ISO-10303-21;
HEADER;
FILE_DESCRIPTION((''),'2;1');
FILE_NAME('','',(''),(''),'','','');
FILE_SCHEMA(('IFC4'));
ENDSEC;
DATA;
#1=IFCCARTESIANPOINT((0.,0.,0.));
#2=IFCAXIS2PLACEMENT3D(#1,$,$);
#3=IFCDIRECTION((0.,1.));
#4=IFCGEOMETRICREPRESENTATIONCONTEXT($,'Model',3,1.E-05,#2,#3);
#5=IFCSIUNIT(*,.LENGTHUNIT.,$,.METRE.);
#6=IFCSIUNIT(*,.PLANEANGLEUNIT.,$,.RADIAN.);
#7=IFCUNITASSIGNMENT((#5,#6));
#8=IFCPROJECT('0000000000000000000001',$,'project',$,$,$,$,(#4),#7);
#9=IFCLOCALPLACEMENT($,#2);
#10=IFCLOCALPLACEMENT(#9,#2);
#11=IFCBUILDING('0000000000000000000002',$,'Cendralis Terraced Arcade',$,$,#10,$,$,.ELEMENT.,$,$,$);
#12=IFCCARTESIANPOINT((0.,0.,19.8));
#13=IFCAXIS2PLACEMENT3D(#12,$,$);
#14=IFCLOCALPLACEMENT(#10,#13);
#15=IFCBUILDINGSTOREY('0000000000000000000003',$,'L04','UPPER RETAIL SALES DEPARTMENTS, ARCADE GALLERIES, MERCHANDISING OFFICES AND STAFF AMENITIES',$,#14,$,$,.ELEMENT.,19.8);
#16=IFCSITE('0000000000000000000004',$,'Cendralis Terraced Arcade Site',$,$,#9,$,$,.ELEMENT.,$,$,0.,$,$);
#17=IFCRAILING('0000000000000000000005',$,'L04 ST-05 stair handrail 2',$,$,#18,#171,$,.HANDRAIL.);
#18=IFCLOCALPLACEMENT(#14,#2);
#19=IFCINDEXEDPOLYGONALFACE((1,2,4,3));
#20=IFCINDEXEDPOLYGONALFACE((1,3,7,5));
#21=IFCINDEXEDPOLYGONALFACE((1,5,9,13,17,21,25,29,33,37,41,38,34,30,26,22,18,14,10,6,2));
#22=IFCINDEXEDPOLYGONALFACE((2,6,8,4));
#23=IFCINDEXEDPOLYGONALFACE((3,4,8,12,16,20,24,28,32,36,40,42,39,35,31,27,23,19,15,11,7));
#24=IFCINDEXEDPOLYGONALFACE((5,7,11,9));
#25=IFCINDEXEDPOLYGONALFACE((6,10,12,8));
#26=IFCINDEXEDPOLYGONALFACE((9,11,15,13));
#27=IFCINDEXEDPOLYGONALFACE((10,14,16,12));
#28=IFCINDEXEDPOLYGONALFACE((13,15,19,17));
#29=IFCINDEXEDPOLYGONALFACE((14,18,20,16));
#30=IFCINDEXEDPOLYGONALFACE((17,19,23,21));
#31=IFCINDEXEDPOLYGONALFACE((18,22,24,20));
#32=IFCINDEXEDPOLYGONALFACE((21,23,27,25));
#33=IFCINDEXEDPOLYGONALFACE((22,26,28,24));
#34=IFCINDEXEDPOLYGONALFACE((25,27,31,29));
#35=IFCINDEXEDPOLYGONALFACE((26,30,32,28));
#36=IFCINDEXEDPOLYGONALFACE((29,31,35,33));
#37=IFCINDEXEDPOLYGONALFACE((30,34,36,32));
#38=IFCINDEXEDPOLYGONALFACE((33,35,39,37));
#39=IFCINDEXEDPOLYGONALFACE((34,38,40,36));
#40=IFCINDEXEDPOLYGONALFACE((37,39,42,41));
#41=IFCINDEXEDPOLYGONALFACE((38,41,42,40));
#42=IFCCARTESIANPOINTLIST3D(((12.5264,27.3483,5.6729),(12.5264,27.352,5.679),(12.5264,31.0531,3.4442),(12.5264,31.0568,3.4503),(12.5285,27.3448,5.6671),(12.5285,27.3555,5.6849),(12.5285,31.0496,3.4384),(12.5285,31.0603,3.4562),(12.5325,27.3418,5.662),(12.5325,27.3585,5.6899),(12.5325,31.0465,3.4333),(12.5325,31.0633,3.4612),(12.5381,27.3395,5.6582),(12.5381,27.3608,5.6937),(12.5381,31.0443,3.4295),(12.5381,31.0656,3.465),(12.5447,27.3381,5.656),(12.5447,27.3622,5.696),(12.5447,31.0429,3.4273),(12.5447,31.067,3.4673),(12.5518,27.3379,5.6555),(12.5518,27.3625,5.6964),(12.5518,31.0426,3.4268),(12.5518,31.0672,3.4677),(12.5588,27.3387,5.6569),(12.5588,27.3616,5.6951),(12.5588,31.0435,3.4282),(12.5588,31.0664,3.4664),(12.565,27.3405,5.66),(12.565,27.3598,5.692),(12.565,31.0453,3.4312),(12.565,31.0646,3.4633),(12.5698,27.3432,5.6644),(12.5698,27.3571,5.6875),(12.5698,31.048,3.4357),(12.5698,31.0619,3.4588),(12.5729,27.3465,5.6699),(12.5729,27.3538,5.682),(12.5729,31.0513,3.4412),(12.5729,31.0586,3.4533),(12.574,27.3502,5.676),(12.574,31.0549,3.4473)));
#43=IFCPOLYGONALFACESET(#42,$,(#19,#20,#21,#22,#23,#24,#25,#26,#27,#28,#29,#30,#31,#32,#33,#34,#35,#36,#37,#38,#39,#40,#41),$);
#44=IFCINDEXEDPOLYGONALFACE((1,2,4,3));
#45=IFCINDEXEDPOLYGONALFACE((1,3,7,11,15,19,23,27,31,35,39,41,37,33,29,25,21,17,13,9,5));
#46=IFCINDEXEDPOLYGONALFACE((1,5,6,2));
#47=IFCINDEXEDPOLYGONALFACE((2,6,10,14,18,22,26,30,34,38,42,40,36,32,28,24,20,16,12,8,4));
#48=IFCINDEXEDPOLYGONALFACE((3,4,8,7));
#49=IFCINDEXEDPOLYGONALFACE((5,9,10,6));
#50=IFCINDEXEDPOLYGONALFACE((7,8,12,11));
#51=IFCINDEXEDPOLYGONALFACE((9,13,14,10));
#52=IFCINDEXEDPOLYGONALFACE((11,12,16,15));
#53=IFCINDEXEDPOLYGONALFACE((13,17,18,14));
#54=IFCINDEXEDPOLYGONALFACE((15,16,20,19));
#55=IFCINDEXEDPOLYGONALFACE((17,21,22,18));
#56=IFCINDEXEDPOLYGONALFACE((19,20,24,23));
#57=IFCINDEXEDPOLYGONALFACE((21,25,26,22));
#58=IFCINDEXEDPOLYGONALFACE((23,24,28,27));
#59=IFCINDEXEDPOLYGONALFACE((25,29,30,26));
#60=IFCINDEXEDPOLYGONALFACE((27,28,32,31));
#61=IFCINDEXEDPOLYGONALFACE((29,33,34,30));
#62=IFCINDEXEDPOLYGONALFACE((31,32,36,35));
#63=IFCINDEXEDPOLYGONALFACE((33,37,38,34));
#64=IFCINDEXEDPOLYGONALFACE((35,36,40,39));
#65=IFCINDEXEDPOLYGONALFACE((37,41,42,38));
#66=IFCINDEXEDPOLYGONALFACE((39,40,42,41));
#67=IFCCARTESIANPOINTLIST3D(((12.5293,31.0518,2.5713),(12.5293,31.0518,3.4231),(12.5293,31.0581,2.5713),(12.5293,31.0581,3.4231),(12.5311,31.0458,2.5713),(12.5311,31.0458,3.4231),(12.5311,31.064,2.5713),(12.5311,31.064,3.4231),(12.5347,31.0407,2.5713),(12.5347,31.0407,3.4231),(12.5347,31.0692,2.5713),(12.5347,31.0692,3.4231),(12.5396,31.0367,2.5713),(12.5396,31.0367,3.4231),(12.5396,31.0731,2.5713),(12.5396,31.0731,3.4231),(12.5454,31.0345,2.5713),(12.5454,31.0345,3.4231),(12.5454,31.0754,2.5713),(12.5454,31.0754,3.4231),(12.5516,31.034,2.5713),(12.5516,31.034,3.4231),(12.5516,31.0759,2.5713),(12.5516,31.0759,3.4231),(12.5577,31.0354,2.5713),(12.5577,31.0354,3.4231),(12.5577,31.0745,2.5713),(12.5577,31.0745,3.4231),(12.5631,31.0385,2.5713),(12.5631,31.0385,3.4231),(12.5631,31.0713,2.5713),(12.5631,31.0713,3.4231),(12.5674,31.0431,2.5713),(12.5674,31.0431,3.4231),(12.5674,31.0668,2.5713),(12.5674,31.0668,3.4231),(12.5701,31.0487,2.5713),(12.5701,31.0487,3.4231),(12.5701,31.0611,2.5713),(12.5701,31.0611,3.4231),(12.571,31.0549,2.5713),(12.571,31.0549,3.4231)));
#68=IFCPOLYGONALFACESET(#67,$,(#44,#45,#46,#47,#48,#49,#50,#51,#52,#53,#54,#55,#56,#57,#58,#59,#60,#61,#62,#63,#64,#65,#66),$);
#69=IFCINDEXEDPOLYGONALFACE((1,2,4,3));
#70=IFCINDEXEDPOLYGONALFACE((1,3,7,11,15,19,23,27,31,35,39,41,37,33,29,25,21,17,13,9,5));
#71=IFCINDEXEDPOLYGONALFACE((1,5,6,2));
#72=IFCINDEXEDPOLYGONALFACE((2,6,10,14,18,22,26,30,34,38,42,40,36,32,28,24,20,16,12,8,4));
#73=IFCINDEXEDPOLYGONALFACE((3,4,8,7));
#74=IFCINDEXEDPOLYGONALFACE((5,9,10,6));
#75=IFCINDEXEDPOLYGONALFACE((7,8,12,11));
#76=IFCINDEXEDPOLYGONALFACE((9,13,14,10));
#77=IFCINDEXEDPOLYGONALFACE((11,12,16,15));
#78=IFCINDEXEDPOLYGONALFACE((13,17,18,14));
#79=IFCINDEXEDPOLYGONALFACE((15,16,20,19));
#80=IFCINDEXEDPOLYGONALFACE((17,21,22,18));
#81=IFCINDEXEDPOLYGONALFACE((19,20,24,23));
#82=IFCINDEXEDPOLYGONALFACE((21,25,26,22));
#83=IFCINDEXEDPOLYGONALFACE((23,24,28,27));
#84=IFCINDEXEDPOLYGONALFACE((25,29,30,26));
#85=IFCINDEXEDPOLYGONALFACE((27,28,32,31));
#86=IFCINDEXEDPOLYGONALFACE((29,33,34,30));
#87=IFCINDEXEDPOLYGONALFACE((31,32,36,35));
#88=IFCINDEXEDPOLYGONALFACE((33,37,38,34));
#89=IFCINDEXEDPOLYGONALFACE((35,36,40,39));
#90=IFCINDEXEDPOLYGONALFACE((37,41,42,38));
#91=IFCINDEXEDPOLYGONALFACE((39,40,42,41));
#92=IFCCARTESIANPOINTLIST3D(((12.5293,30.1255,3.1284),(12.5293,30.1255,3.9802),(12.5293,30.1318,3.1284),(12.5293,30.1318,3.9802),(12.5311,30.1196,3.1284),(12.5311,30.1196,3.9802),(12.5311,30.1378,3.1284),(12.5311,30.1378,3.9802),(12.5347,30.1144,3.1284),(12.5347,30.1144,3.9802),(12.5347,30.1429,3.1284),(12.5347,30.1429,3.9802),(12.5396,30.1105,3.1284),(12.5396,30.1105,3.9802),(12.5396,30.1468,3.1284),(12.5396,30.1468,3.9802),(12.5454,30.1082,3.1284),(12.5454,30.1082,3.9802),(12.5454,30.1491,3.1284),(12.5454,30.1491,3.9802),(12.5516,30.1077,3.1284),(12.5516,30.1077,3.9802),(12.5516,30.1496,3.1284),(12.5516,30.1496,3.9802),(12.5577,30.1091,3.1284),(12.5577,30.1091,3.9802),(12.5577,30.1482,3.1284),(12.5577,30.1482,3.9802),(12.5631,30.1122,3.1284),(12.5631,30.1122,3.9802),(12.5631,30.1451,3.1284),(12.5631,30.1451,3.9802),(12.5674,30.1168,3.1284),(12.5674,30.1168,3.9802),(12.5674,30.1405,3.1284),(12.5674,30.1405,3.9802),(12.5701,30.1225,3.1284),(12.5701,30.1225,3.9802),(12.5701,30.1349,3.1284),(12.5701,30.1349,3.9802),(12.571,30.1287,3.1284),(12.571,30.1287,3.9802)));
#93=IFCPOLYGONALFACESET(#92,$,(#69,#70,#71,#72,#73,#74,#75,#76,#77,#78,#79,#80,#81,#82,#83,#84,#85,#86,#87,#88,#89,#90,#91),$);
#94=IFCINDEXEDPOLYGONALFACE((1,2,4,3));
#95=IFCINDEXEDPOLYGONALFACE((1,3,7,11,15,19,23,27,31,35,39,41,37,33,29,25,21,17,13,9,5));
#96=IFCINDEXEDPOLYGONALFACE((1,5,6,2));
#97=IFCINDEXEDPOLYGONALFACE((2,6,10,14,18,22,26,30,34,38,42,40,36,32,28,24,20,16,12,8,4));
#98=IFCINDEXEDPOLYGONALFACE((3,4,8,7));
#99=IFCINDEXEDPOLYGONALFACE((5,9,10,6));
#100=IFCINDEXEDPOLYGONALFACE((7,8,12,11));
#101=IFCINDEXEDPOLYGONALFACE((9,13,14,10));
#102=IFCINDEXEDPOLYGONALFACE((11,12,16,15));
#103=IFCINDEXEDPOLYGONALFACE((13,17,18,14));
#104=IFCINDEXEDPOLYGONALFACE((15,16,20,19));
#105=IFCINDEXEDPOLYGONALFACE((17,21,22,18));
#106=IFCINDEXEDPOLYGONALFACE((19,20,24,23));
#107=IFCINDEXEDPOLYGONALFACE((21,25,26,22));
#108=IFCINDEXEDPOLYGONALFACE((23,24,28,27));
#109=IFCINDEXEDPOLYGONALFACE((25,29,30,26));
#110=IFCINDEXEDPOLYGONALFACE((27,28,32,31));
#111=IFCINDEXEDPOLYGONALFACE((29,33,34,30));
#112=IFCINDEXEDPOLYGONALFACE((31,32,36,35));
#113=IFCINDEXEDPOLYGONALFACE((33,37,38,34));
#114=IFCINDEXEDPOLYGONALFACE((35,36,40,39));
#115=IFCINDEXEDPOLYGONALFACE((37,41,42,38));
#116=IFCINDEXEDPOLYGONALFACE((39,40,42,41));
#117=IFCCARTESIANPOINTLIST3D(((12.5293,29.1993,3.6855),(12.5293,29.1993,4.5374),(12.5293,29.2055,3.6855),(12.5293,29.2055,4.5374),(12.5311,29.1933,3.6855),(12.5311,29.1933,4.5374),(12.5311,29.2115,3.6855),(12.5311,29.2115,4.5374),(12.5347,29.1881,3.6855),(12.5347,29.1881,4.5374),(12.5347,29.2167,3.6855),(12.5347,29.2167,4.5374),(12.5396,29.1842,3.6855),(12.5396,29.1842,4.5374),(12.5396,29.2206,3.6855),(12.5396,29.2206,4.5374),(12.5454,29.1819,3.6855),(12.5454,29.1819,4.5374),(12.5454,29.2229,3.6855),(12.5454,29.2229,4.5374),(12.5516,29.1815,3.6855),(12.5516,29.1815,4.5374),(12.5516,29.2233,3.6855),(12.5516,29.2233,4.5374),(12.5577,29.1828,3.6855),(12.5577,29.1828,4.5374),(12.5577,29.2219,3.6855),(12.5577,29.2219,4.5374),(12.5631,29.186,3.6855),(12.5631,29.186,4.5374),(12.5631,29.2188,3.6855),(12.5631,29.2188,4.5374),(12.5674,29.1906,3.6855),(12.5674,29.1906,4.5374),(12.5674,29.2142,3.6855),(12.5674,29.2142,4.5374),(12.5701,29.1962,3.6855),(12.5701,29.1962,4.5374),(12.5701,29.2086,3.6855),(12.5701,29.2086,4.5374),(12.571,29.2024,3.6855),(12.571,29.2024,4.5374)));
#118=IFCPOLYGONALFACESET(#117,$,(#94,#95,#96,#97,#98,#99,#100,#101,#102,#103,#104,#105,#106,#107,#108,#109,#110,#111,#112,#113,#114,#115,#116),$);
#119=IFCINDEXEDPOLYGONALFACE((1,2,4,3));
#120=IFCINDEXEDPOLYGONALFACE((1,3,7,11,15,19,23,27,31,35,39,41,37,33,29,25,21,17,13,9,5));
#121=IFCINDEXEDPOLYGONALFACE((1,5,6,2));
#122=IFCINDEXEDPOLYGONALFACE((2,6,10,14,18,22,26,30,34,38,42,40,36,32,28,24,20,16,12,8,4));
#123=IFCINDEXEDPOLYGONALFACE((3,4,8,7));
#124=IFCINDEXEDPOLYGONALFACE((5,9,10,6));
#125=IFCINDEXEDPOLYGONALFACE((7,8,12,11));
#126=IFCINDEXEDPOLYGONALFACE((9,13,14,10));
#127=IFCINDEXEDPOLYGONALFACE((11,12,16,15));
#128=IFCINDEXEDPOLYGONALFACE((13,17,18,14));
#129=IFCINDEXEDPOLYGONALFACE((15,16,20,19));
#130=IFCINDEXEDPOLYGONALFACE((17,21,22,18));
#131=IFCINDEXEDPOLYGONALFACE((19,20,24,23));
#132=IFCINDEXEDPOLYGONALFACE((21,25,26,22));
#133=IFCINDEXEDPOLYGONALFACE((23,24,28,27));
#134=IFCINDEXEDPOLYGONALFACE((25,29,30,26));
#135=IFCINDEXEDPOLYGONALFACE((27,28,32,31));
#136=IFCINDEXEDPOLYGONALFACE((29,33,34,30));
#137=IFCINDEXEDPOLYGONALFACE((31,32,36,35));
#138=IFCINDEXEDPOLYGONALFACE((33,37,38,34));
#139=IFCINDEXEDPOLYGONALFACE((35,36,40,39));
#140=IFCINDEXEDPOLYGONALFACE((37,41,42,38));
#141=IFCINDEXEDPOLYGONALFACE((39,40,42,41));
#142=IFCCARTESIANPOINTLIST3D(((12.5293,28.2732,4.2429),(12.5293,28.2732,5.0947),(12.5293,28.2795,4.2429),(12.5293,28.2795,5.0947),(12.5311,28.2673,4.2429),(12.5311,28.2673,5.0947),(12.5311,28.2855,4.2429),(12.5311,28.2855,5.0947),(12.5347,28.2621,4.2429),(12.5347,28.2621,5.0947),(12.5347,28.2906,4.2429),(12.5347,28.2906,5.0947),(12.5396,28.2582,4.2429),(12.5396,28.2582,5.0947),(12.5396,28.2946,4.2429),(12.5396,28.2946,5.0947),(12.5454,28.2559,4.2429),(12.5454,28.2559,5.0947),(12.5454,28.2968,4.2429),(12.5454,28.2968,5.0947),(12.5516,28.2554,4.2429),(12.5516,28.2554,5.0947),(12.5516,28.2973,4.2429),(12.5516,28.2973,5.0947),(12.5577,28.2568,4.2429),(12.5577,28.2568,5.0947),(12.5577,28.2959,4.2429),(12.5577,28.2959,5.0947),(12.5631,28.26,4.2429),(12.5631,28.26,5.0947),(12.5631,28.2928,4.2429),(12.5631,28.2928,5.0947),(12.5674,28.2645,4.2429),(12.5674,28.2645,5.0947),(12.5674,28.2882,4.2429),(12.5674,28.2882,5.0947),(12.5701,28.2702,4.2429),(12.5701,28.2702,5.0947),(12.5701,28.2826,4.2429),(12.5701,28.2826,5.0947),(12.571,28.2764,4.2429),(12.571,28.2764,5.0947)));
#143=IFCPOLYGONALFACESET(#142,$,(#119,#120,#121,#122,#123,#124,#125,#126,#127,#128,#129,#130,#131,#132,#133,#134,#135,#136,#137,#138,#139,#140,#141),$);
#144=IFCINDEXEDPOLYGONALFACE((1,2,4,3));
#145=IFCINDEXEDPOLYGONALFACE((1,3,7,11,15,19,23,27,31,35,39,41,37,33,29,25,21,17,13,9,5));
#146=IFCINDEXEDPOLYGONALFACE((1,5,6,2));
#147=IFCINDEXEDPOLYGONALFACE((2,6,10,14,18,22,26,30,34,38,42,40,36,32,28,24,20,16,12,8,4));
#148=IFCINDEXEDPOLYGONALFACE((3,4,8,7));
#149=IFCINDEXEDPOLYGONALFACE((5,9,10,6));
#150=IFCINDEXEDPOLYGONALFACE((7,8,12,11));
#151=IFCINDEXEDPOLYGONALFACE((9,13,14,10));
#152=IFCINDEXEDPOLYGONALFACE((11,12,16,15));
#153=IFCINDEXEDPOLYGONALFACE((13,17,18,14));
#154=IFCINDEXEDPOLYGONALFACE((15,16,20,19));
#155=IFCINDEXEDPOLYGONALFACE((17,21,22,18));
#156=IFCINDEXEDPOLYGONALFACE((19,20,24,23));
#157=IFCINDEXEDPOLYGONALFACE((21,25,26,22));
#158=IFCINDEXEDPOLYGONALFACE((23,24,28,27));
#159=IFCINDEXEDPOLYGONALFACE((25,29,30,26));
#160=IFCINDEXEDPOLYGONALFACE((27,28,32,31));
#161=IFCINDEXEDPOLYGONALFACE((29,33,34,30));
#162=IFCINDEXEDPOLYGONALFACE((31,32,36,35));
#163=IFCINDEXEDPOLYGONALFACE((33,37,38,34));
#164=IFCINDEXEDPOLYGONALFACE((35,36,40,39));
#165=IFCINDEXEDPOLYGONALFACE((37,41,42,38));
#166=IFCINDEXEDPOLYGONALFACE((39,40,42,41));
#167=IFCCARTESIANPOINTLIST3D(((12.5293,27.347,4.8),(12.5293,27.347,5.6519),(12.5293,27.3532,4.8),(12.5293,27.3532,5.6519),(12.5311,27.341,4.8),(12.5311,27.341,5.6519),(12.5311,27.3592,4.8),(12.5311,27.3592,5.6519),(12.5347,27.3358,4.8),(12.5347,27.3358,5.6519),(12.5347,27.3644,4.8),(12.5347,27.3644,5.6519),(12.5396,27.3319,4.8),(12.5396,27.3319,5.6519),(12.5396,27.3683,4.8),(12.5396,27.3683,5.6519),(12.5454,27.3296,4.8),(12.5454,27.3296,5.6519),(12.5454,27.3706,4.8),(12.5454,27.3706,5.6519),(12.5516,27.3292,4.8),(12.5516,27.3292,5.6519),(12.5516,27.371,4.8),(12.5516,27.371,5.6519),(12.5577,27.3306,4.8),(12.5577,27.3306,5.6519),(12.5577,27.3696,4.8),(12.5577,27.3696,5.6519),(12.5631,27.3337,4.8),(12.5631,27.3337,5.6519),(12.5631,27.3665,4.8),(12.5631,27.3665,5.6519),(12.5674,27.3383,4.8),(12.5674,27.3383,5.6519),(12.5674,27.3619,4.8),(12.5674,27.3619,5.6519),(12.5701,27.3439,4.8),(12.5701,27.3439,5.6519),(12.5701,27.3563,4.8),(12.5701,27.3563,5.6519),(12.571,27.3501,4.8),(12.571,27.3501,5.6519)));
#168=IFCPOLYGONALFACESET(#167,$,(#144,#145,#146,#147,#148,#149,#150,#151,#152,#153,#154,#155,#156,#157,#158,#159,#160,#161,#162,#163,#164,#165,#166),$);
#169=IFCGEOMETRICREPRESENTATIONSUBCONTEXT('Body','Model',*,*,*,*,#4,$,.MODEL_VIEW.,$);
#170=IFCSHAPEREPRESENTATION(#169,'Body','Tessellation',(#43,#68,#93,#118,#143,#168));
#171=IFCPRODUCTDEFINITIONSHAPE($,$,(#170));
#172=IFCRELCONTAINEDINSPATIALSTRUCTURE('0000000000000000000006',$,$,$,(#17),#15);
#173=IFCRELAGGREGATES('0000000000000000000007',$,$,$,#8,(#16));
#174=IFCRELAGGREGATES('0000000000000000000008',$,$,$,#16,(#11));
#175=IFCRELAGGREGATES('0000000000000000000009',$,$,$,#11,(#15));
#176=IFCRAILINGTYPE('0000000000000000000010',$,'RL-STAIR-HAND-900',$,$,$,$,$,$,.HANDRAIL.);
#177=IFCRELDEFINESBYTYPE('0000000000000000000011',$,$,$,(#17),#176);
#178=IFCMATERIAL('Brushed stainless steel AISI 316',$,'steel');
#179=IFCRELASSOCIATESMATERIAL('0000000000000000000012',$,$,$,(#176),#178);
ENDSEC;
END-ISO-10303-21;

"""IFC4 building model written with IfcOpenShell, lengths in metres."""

from ifc_helpers import new_model, si_unit, direction, frame, origin, origin_2d, place, context, subcontext, project, spatial, circle, extrude, material, type_object, element, save


model = new_model("IFC4")

# Units and contexts
model_context = context("Model", 3, precision=1e-05, world=origin(), true_north=direction((0.0, 1.0)))
body_context = subcontext(model_context, "Body", "Model", "MODEL_VIEW")
ifc_project = project(units=[si_unit("LENGTHUNIT", "METRE"), si_unit("PLANEANGLEUNIT", "RADIAN")], contexts=[model_context])

# Site, building, storey
site_placement = place(None, origin())
site = spatial("IfcSite", under=ifc_project, at=site_placement, Name="Cendralis Terraced Arcade Site", CompositionType="ELEMENT", RefElevation=0.0)
building_placement = place(site_placement, origin())
building = spatial("IfcBuilding", under=site, at=building_placement, Name="Cendralis Terraced Arcade", CompositionType="ELEMENT")
storey_placement = place(building_placement, frame((0.0, 0.0, 19.8)))
storey = spatial("IfcBuildingStorey", under=building, at=storey_placement, Name="L04", Description="UPPER RETAIL SALES DEPARTMENTS, ARCADE GALLERIES, MERCHANDISING OFFICES AND STAFF AMENITIES", CompositionType="ELEMENT", Elevation=19.8)

# Railing
ifc_material_1 = material(Name="Brushed stainless steel AISI 316", Category="steel")
railing_type_1 = type_object("IfcRailingType", Name="RL-STAIR-HAND-900", PredefinedType="HANDRAIL", material=ifc_material_1)
railing_1_placement = place(storey_placement, frame((12.55, 31.0549, 2.5713)))
element("IfcRailing", 1, at=railing_1_placement, inside=storey, type_object=railing_type_1, Name="L04 ST-05 stair handrail 2", PredefinedType="HANDRAIL", context=body_context, shape_type="SweptSolid", body=[
    extrude(circle(Radius=0.0239, at=origin_2d()), frame((0.0, 0.0, 0.876), z_axis=(0.0, -0.856894, 0.515492), x_axis=(1.0, 0.0, 0.0)), (0.0, 0.0, 1.0), 4.3235),
    extrude(circle(Radius=0.021, at=origin_2d()), origin(), (0.0, 0.0, 1.0), 0.8518),
    extrude(circle(Radius=0.021, at=origin_2d()), frame((0.0, -0.9263, 0.5571)), (0.0, 0.0, 1.0), 0.8518),
    extrude(circle(Radius=0.021, at=origin_2d()), frame((0.0, -1.8525, 1.1143)), (0.0, 0.0, 1.0), 0.8518),
    extrude(circle(Radius=0.021, at=origin_2d()), frame((0.0, -2.7786, 1.6716)), (0.0, 0.0, 1.0), 0.8518),
    extrude(circle(Radius=0.021, at=origin_2d()), frame((0.0, -3.7048, 2.2288)), (0.0, 0.0, 1.0), 0.8518),
])

save(model, "model.ifc")
